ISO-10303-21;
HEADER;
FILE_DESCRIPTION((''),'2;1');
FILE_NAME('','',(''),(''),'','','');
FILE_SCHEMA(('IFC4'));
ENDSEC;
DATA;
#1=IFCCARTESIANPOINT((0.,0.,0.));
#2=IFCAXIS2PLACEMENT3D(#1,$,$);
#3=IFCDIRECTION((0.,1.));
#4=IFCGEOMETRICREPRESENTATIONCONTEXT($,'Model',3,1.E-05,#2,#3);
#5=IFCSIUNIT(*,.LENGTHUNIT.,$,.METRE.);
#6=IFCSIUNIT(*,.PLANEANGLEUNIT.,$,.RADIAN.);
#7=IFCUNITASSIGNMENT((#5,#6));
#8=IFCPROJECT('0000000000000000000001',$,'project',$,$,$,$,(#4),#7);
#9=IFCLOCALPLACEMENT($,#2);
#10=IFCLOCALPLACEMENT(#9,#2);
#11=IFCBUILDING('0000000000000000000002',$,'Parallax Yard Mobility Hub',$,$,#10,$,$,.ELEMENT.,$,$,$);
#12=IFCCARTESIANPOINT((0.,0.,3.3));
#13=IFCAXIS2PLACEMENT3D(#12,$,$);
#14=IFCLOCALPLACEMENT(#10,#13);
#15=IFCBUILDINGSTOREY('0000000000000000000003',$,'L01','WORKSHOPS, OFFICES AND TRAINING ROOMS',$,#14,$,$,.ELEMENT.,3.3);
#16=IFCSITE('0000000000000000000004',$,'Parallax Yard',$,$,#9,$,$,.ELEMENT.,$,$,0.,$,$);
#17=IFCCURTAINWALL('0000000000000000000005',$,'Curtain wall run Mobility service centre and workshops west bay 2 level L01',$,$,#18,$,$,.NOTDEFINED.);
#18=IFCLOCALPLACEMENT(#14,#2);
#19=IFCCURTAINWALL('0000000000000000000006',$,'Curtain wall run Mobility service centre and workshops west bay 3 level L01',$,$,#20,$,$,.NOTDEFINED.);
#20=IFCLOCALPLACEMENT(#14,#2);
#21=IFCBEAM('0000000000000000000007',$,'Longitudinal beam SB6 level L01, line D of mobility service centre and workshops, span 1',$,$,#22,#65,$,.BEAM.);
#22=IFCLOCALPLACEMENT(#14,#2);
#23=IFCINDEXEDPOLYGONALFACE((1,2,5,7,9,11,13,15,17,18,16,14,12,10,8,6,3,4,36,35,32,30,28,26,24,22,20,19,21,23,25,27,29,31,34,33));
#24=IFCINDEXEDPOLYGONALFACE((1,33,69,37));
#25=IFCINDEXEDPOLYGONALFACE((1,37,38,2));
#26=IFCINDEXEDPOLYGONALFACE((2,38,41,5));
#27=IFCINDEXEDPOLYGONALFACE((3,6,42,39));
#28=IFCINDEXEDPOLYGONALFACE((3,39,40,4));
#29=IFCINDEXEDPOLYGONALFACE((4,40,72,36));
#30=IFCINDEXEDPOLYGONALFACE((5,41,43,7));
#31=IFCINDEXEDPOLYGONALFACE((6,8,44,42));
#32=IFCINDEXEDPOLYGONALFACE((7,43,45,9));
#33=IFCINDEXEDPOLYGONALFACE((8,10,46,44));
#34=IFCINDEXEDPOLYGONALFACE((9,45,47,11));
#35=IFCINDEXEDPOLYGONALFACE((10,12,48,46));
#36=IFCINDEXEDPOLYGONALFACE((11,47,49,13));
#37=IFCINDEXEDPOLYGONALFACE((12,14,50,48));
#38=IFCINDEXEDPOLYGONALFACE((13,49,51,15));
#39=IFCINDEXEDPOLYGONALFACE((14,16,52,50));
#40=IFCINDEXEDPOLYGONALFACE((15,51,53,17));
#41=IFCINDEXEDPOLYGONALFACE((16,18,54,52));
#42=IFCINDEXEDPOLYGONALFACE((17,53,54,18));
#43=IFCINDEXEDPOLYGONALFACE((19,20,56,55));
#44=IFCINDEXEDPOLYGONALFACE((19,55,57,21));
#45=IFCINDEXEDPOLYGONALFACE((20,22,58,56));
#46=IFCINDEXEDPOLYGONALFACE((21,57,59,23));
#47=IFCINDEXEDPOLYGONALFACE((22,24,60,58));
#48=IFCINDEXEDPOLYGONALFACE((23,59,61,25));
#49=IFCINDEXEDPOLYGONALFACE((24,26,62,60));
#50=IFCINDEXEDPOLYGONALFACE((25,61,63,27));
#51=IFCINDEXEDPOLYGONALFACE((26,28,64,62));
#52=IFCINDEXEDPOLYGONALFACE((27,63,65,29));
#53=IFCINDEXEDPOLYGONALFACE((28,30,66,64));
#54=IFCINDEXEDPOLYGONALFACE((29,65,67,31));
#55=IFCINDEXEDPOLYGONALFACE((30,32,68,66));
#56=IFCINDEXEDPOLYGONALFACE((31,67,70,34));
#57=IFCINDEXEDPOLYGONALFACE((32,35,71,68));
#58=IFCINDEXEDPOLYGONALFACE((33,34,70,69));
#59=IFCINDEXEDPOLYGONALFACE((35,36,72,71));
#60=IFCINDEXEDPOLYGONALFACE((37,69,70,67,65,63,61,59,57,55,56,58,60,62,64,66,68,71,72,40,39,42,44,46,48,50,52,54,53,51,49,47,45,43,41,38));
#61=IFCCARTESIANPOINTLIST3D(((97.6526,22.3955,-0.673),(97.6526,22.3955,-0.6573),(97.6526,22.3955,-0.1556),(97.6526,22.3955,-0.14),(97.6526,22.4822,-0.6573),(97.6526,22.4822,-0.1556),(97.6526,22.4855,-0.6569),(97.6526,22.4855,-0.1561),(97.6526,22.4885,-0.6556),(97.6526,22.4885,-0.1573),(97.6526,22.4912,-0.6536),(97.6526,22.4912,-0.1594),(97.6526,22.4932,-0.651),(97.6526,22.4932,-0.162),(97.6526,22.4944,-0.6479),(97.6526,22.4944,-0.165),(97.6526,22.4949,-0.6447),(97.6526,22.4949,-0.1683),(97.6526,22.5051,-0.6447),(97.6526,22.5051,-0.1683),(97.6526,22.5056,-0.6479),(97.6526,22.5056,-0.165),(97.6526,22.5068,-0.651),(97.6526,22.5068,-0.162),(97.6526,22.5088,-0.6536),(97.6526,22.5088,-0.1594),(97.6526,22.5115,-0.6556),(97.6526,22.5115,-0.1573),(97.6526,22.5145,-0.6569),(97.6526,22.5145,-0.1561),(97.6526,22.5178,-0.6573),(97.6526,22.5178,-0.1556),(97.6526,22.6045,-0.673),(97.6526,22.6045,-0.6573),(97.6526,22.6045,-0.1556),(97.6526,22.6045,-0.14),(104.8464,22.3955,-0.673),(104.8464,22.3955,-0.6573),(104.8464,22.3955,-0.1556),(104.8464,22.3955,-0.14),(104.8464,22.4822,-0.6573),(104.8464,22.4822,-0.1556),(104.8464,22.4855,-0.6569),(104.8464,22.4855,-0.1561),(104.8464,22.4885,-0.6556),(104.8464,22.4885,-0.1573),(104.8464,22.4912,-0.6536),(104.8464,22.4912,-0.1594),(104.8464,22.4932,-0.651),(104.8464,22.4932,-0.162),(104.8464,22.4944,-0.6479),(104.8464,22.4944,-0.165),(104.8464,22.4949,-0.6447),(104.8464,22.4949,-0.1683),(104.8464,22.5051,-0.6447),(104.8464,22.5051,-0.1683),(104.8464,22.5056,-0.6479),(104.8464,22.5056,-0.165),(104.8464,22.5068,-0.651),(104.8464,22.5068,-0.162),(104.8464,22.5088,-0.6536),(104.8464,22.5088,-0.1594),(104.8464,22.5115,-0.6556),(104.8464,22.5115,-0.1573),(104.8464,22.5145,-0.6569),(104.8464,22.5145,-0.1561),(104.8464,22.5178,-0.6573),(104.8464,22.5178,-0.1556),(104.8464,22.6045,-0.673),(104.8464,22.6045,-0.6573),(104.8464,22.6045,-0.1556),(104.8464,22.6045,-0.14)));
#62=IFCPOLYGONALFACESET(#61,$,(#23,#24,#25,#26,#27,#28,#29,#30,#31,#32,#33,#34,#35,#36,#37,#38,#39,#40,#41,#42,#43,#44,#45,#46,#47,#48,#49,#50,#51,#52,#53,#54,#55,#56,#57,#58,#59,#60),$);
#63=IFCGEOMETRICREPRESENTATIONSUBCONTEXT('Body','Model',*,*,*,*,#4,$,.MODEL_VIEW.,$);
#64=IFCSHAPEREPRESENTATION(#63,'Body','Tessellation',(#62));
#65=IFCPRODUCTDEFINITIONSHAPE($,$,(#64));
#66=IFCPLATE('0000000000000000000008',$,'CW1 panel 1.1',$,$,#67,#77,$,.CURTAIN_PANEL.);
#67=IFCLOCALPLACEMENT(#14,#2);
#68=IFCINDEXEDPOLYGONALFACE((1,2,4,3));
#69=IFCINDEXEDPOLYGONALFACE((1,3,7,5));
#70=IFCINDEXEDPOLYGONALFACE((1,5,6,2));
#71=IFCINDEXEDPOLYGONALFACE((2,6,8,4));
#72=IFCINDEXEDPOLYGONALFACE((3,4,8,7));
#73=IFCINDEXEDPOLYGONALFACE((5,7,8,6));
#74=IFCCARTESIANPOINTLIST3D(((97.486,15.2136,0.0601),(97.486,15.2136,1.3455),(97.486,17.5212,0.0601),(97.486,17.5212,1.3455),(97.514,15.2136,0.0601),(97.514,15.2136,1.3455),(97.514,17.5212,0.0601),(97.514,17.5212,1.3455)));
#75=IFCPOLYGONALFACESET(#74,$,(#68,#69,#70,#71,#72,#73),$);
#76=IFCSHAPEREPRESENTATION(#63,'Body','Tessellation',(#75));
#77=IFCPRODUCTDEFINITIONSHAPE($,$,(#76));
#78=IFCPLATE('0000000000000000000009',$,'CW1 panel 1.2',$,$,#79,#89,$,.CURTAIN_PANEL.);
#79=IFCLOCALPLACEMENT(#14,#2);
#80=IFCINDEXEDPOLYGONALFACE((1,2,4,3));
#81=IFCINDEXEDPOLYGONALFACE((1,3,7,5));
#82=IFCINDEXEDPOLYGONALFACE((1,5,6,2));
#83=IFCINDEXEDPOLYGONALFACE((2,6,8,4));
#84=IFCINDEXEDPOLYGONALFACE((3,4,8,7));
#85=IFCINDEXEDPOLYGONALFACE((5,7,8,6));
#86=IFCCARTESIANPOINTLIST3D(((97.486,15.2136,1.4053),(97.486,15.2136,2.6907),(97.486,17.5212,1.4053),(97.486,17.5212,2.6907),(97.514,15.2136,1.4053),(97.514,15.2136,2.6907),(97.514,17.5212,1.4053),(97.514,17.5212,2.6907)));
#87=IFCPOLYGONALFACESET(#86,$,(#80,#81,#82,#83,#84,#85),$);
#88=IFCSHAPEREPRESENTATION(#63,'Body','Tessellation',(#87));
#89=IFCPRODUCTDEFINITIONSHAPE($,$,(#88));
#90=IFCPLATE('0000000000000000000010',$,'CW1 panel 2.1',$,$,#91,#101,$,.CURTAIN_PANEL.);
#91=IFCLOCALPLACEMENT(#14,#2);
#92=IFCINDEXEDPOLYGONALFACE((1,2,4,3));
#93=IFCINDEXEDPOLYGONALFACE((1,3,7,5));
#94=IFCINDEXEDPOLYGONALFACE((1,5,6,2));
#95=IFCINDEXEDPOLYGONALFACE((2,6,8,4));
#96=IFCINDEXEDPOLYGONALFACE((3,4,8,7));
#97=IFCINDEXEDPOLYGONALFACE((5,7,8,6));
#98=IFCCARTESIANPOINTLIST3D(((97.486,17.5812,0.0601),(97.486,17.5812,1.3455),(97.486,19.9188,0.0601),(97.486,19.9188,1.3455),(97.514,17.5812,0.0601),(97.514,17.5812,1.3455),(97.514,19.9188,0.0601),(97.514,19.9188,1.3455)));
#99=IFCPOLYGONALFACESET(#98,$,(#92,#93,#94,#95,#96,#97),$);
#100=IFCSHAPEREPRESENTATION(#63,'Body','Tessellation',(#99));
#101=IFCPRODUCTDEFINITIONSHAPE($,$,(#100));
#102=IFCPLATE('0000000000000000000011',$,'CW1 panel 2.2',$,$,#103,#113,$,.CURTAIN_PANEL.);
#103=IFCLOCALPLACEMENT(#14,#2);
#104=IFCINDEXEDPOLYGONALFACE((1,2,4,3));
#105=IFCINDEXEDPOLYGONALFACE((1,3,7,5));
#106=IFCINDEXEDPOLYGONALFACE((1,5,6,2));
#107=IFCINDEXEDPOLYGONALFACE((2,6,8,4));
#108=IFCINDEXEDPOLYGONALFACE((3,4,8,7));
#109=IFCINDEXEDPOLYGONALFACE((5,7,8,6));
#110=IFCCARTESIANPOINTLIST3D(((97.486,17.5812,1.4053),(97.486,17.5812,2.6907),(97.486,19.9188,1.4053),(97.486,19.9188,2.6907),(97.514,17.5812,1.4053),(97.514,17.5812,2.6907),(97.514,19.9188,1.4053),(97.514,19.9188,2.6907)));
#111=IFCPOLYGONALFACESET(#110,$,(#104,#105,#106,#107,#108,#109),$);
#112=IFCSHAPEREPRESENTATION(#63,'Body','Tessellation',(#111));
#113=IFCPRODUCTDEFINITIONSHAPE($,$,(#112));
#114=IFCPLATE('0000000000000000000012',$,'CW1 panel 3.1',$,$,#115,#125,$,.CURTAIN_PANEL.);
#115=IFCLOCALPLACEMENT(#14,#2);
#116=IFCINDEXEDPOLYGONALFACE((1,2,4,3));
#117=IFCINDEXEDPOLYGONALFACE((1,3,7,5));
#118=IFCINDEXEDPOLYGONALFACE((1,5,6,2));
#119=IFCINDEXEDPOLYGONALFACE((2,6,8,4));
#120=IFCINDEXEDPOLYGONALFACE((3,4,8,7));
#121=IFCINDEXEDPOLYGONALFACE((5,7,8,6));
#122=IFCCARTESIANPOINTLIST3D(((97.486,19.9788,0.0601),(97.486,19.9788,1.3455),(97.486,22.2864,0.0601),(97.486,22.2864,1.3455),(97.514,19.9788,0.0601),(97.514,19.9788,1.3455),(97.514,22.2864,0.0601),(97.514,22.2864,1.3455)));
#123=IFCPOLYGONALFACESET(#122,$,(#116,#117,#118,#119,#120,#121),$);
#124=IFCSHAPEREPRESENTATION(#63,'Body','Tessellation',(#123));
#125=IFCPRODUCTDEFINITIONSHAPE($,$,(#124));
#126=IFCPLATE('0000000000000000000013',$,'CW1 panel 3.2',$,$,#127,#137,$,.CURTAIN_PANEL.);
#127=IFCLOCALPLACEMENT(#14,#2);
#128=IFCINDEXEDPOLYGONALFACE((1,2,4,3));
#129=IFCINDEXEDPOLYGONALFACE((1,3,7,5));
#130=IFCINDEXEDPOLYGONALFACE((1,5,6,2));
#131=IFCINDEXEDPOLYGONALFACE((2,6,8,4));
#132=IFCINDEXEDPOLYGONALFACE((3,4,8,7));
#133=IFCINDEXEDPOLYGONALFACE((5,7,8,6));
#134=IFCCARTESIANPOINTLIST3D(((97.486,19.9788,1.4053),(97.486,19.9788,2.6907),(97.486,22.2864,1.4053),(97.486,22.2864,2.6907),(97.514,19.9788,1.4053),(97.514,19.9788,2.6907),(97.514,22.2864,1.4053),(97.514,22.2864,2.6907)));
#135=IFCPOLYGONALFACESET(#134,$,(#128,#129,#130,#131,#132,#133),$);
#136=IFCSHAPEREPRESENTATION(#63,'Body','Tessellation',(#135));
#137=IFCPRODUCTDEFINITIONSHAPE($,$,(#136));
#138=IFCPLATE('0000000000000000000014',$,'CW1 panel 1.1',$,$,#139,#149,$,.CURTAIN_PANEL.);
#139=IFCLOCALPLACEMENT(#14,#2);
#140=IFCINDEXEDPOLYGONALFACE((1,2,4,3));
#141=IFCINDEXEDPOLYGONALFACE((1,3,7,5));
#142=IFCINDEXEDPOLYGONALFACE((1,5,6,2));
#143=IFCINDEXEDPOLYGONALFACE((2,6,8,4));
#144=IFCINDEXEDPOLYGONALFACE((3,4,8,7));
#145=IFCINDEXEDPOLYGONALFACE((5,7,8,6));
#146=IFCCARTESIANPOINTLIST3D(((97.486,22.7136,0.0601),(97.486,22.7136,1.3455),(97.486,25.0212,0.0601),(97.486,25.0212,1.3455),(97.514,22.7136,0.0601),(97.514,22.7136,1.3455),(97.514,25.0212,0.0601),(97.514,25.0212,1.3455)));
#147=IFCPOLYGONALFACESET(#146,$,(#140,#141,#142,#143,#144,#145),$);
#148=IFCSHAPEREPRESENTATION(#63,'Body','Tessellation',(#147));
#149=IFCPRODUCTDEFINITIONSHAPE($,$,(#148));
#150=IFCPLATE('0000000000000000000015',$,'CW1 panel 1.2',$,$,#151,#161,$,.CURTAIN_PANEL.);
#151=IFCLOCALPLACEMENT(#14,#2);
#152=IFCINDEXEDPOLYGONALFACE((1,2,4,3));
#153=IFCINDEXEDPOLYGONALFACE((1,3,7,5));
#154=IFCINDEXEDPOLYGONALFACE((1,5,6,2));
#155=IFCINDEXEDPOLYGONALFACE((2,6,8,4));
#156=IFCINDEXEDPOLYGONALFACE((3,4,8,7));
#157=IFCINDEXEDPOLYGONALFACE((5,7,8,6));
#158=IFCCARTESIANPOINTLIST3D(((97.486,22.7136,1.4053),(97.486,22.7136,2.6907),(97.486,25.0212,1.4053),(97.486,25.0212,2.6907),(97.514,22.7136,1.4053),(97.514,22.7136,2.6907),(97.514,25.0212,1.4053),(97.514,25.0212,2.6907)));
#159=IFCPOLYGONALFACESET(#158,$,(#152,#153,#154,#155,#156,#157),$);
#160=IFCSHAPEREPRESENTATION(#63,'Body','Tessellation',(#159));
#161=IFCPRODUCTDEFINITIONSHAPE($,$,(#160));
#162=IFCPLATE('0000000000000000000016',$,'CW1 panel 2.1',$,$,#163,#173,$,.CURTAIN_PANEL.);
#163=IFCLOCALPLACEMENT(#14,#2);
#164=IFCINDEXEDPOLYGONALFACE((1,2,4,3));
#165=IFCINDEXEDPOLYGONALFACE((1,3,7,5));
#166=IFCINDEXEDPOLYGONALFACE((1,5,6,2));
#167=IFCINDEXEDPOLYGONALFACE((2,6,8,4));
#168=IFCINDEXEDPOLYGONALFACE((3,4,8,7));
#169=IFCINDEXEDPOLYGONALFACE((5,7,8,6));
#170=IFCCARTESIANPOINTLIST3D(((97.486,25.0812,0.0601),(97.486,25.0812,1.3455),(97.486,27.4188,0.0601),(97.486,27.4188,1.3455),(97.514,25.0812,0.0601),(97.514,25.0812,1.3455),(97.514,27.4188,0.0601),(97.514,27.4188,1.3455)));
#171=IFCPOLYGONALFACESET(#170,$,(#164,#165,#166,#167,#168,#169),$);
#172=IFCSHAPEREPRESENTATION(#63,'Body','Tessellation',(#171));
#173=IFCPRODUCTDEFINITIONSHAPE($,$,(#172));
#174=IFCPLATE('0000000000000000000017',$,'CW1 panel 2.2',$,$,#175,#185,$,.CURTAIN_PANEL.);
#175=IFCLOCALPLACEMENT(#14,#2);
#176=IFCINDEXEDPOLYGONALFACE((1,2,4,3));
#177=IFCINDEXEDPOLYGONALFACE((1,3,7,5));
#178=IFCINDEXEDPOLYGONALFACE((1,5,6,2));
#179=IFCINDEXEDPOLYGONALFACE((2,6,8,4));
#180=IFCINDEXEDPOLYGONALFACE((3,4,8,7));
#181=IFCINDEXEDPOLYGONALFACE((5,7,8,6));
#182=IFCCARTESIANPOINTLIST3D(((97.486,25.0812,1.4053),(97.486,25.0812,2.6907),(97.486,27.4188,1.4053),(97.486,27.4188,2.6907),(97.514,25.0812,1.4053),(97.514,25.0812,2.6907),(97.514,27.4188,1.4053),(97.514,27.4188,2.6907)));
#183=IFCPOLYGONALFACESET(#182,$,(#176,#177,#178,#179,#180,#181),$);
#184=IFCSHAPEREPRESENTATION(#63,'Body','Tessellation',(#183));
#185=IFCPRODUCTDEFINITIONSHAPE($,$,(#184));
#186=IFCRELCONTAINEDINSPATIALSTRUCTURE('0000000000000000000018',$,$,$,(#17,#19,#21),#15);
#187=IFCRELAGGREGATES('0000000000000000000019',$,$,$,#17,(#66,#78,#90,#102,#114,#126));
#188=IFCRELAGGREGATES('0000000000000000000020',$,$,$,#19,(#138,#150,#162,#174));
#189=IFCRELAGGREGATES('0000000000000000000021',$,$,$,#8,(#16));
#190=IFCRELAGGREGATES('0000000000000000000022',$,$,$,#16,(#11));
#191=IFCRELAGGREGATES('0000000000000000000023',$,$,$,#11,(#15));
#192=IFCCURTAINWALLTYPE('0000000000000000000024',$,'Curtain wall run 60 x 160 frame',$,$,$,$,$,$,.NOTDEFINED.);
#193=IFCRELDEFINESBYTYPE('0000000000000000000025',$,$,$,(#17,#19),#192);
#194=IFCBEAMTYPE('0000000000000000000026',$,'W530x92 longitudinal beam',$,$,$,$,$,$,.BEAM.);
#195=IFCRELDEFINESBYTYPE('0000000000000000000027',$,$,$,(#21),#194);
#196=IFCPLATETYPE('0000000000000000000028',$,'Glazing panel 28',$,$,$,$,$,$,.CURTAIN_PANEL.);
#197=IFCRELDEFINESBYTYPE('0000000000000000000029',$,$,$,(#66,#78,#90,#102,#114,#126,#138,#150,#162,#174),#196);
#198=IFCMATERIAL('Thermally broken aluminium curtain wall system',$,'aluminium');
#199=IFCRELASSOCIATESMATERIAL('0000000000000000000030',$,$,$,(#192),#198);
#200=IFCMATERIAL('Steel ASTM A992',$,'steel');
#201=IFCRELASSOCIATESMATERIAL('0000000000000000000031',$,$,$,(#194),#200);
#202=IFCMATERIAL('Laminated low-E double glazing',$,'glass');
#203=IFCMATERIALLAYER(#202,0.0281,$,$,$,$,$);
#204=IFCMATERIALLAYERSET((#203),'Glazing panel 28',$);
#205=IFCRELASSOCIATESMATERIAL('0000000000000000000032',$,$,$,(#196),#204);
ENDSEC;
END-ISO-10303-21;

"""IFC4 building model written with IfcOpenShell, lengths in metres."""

from ifc_helpers import new_model, si_unit, direction, frame, origin, origin_2d, place, context, subcontext, project, spatial, rectangle, i_section, extrude, material, layer, layer_set, material_profile, profile_set, type_object, element, aggregate, save


model = new_model("IFC4")

# Units and contexts
model_context = context("Model", 3, precision=1e-05, world=origin(), true_north=direction((0.0, 1.0)))
body_context = subcontext(model_context, "Body", "Model", "MODEL_VIEW")
ifc_project = project(units=[si_unit("LENGTHUNIT", "METRE"), si_unit("PLANEANGLEUNIT", "RADIAN")], contexts=[model_context])

# Site, building, storey
site_placement = place(None, origin())
site = spatial("IfcSite", under=ifc_project, at=site_placement, Name="Parallax Yard", CompositionType="ELEMENT", RefElevation=0.0)
building_placement = place(site_placement, origin())
building = spatial("IfcBuilding", under=site, at=building_placement, Name="Parallax Yard Mobility Hub", CompositionType="ELEMENT")
storey_placement = place(building_placement, frame((0.0, 0.0, 3.3)))
storey = spatial("IfcBuildingStorey", under=building, at=storey_placement, Name="L01", Description="WORKSHOPS, OFFICES AND TRAINING ROOMS", CompositionType="ELEMENT", Elevation=3.3)

# Shared definitions
ifc_material_1 = material(Name="Steel ASTM A992", Category="steel")

# Curtain walls
ifc_material_2 = material(Name="Thermally broken aluminium curtain wall system", Category="aluminium")
curtain_wall_type = type_object("IfcCurtainWallType", Name="Curtain wall run 60 x 160 frame", PredefinedType="NOTDEFINED", material=ifc_material_2)
curtain_wall_1_placement = place(storey_placement, origin())
curtain_wall_1 = element("IfcCurtainWall", 1, at=curtain_wall_1_placement, inside=storey, type_object=curtain_wall_type, Name="Curtain wall run Mobility service centre and workshops west bay 2 level L01", PredefinedType="NOTDEFINED")
curtain_wall_2_placement = place(storey_placement, origin())
curtain_wall_2 = element("IfcCurtainWall", 2, at=curtain_wall_2_placement, inside=storey, type_object=curtain_wall_type, Name="Curtain wall run Mobility service centre and workshops west bay 3 level L01", PredefinedType="NOTDEFINED")

# Beam
ifc_material_profile_1 = material_profile(ifc_material_1, i_section(OverallWidth=0.209, OverallDepth=0.533, WebThickness=0.0103, FlangeThickness=0.0156, FilletRadius=0.0127, at=origin_2d()), Name="W530x92")
ifc_profile_set_1 = profile_set([ifc_material_profile_1], Name="Steel ASTM A992")
beam_type_1 = type_object("IfcBeamType", Name="W530x92 longitudinal beam", PredefinedType="BEAM", material=ifc_profile_set_1)
beam_1_placement = place(storey_placement, frame((97.6526, 22.5, -0.4065), z_axis=(1.0, 0.0, 0.0), x_axis=(0.0, 1.0, 0.0)))
element("IfcBeam", 3, at=beam_1_placement, inside=storey, type_object=beam_type_1, Name="Longitudinal beam SB6 level L01, line D of mobility service centre and workshops, span 1", PredefinedType="BEAM", context=body_context, shape_type="SweptSolid", body=[
    extrude(i_section(OverallWidth=0.209, OverallDepth=0.533, WebThickness=0.0103, FlangeThickness=0.0156, FilletRadius=0.0127, at=origin_2d()), origin(), (0.0, 0.0, 1.0), 7.1938),
])

# Plates
ifc_material_3 = material(Name="Laminated low-E double glazing", Category="glass")
ifc_layer = layer(ifc_material_3, 0.0281)
ifc_layer_set = layer_set([ifc_layer], Name="Glazing panel 28")
plate_type = type_object("IfcPlateType", Name="Glazing panel 28", PredefinedType="CURTAIN_PANEL", material=ifc_layer_set)
plate_1_placement = place(storey_placement, frame((97.5, 16.3674, 0.0601), z_axis=(0.0, 0.0, 1.0), x_axis=(0.0, 1.0, 0.0)))
plate_1 = element("IfcPlate", 4, at=plate_1_placement, type_object=plate_type, Name="CW1 panel 1.1", PredefinedType="CURTAIN_PANEL", context=body_context, shape_type="SweptSolid", body=[
    extrude(rectangle(XDim=2.3076, YDim=0.0281, at=origin_2d()), origin(), (0.0, 0.0, 1.0), 1.2854),
])
plate_2_placement = place(storey_placement, frame((97.5, 16.3674, 1.4053), z_axis=(0.0, 0.0, 1.0), x_axis=(0.0, 1.0, 0.0)))
plate_2 = element("IfcPlate", 5, at=plate_2_placement, type_object=plate_type, Name="CW1 panel 1.2", PredefinedType="CURTAIN_PANEL", context=body_context, shape_type="SweptSolid", body=[
    extrude(rectangle(XDim=2.3076, YDim=0.0281, at=origin_2d()), origin(), (0.0, 0.0, 1.0), 1.2854),
])
plate_3_placement = place(storey_placement, frame((97.5, 18.75, 0.0601), z_axis=(0.0, 0.0, 1.0), x_axis=(0.0, 1.0, 0.0)))
plate_3 = element("IfcPlate", 6, at=plate_3_placement, type_object=plate_type, Name="CW1 panel 2.1", PredefinedType="CURTAIN_PANEL", context=body_context, shape_type="SweptSolid", body=[
    extrude(rectangle(XDim=2.3376, YDim=0.0281, at=origin_2d()), origin(), (0.0, 0.0, 1.0), 1.2854),
])
plate_4_placement = place(storey_placement, frame((97.5, 18.75, 1.4053), z_axis=(0.0, 0.0, 1.0), x_axis=(0.0, 1.0, 0.0)))
plate_4 = element("IfcPlate", 7, at=plate_4_placement, type_object=plate_type, Name="CW1 panel 2.2", PredefinedType="CURTAIN_PANEL", context=body_context, shape_type="SweptSolid", body=[
    extrude(rectangle(XDim=2.3376, YDim=0.0281, at=origin_2d()), origin(), (0.0, 0.0, 1.0), 1.2854),
])
plate_5_placement = place(storey_placement, frame((97.5, 21.1326, 0.0601), z_axis=(0.0, 0.0, 1.0), x_axis=(0.0, 1.0, 0.0)))
plate_5 = element("IfcPlate", 8, at=plate_5_placement, type_object=plate_type, Name="CW1 panel 3.1", PredefinedType="CURTAIN_PANEL", context=body_context, shape_type="SweptSolid", body=[
    extrude(rectangle(XDim=2.3076, YDim=0.0281, at=origin_2d()), origin(), (0.0, 0.0, 1.0), 1.2854),
])
plate_6_placement = place(storey_placement, frame((97.5, 21.1326, 1.4053), z_axis=(0.0, 0.0, 1.0), x_axis=(0.0, 1.0, 0.0)))
plate_6 = element("IfcPlate", 9, at=plate_6_placement, type_object=plate_type, Name="CW1 panel 3.2", PredefinedType="CURTAIN_PANEL", context=body_context, shape_type="SweptSolid", body=[
    extrude(rectangle(XDim=2.3076, YDim=0.0281, at=origin_2d()), origin(), (0.0, 0.0, 1.0), 1.2854),
])
aggregate(curtain_wall_1, [plate_1, plate_2, plate_3, plate_4, plate_5, plate_6])
plate_7_placement = place(storey_placement, frame((97.5, 23.8674, 0.0601), z_axis=(0.0, 0.0, 1.0), x_axis=(0.0, 1.0, 0.0)))
plate_7 = element("IfcPlate", 10, at=plate_7_placement, type_object=plate_type, Name="CW1 panel 1.1", PredefinedType="CURTAIN_PANEL", context=body_context, shape_type="SweptSolid", body=[
    extrude(rectangle(XDim=2.3076, YDim=0.0281, at=origin_2d()), origin(), (0.0, 0.0, 1.0), 1.2854),
])
plate_8_placement = place(storey_placement, frame((97.5, 23.8674, 1.4053), z_axis=(0.0, 0.0, 1.0), x_axis=(0.0, 1.0, 0.0)))
plate_8 = element("IfcPlate", 11, at=plate_8_placement, type_object=plate_type, Name="CW1 panel 1.2", PredefinedType="CURTAIN_PANEL", context=body_context, shape_type="SweptSolid", body=[
    extrude(rectangle(XDim=2.3076, YDim=0.0281, at=origin_2d()), origin(), (0.0, 0.0, 1.0), 1.2854),
])
plate_9_placement = place(storey_placement, frame((97.5, 26.25, 0.0601), z_axis=(0.0, 0.0, 1.0), x_axis=(0.0, 1.0, 0.0)))
plate_9 = element("IfcPlate", 12, at=plate_9_placement, type_object=plate_type, Name="CW1 panel 2.1", PredefinedType="CURTAIN_PANEL", context=body_context, shape_type="SweptSolid", body=[
    extrude(rectangle(XDim=2.3376, YDim=0.0281, at=origin_2d()), origin(), (0.0, 0.0, 1.0), 1.2854),
])
plate_10_placement = place(storey_placement, frame((97.5, 26.25, 1.4053), z_axis=(0.0, 0.0, 1.0), x_axis=(0.0, 1.0, 0.0)))
plate_10 = element("IfcPlate", 13, at=plate_10_placement, type_object=plate_type, Name="CW1 panel 2.2", PredefinedType="CURTAIN_PANEL", context=body_context, shape_type="SweptSolid", body=[
    extrude(rectangle(XDim=2.3376, YDim=0.0281, at=origin_2d()), origin(), (0.0, 0.0, 1.0), 1.2854),
])
aggregate(curtain_wall_2, [plate_7, plate_8, plate_9, plate_10])

save(model, "model.ifc")
